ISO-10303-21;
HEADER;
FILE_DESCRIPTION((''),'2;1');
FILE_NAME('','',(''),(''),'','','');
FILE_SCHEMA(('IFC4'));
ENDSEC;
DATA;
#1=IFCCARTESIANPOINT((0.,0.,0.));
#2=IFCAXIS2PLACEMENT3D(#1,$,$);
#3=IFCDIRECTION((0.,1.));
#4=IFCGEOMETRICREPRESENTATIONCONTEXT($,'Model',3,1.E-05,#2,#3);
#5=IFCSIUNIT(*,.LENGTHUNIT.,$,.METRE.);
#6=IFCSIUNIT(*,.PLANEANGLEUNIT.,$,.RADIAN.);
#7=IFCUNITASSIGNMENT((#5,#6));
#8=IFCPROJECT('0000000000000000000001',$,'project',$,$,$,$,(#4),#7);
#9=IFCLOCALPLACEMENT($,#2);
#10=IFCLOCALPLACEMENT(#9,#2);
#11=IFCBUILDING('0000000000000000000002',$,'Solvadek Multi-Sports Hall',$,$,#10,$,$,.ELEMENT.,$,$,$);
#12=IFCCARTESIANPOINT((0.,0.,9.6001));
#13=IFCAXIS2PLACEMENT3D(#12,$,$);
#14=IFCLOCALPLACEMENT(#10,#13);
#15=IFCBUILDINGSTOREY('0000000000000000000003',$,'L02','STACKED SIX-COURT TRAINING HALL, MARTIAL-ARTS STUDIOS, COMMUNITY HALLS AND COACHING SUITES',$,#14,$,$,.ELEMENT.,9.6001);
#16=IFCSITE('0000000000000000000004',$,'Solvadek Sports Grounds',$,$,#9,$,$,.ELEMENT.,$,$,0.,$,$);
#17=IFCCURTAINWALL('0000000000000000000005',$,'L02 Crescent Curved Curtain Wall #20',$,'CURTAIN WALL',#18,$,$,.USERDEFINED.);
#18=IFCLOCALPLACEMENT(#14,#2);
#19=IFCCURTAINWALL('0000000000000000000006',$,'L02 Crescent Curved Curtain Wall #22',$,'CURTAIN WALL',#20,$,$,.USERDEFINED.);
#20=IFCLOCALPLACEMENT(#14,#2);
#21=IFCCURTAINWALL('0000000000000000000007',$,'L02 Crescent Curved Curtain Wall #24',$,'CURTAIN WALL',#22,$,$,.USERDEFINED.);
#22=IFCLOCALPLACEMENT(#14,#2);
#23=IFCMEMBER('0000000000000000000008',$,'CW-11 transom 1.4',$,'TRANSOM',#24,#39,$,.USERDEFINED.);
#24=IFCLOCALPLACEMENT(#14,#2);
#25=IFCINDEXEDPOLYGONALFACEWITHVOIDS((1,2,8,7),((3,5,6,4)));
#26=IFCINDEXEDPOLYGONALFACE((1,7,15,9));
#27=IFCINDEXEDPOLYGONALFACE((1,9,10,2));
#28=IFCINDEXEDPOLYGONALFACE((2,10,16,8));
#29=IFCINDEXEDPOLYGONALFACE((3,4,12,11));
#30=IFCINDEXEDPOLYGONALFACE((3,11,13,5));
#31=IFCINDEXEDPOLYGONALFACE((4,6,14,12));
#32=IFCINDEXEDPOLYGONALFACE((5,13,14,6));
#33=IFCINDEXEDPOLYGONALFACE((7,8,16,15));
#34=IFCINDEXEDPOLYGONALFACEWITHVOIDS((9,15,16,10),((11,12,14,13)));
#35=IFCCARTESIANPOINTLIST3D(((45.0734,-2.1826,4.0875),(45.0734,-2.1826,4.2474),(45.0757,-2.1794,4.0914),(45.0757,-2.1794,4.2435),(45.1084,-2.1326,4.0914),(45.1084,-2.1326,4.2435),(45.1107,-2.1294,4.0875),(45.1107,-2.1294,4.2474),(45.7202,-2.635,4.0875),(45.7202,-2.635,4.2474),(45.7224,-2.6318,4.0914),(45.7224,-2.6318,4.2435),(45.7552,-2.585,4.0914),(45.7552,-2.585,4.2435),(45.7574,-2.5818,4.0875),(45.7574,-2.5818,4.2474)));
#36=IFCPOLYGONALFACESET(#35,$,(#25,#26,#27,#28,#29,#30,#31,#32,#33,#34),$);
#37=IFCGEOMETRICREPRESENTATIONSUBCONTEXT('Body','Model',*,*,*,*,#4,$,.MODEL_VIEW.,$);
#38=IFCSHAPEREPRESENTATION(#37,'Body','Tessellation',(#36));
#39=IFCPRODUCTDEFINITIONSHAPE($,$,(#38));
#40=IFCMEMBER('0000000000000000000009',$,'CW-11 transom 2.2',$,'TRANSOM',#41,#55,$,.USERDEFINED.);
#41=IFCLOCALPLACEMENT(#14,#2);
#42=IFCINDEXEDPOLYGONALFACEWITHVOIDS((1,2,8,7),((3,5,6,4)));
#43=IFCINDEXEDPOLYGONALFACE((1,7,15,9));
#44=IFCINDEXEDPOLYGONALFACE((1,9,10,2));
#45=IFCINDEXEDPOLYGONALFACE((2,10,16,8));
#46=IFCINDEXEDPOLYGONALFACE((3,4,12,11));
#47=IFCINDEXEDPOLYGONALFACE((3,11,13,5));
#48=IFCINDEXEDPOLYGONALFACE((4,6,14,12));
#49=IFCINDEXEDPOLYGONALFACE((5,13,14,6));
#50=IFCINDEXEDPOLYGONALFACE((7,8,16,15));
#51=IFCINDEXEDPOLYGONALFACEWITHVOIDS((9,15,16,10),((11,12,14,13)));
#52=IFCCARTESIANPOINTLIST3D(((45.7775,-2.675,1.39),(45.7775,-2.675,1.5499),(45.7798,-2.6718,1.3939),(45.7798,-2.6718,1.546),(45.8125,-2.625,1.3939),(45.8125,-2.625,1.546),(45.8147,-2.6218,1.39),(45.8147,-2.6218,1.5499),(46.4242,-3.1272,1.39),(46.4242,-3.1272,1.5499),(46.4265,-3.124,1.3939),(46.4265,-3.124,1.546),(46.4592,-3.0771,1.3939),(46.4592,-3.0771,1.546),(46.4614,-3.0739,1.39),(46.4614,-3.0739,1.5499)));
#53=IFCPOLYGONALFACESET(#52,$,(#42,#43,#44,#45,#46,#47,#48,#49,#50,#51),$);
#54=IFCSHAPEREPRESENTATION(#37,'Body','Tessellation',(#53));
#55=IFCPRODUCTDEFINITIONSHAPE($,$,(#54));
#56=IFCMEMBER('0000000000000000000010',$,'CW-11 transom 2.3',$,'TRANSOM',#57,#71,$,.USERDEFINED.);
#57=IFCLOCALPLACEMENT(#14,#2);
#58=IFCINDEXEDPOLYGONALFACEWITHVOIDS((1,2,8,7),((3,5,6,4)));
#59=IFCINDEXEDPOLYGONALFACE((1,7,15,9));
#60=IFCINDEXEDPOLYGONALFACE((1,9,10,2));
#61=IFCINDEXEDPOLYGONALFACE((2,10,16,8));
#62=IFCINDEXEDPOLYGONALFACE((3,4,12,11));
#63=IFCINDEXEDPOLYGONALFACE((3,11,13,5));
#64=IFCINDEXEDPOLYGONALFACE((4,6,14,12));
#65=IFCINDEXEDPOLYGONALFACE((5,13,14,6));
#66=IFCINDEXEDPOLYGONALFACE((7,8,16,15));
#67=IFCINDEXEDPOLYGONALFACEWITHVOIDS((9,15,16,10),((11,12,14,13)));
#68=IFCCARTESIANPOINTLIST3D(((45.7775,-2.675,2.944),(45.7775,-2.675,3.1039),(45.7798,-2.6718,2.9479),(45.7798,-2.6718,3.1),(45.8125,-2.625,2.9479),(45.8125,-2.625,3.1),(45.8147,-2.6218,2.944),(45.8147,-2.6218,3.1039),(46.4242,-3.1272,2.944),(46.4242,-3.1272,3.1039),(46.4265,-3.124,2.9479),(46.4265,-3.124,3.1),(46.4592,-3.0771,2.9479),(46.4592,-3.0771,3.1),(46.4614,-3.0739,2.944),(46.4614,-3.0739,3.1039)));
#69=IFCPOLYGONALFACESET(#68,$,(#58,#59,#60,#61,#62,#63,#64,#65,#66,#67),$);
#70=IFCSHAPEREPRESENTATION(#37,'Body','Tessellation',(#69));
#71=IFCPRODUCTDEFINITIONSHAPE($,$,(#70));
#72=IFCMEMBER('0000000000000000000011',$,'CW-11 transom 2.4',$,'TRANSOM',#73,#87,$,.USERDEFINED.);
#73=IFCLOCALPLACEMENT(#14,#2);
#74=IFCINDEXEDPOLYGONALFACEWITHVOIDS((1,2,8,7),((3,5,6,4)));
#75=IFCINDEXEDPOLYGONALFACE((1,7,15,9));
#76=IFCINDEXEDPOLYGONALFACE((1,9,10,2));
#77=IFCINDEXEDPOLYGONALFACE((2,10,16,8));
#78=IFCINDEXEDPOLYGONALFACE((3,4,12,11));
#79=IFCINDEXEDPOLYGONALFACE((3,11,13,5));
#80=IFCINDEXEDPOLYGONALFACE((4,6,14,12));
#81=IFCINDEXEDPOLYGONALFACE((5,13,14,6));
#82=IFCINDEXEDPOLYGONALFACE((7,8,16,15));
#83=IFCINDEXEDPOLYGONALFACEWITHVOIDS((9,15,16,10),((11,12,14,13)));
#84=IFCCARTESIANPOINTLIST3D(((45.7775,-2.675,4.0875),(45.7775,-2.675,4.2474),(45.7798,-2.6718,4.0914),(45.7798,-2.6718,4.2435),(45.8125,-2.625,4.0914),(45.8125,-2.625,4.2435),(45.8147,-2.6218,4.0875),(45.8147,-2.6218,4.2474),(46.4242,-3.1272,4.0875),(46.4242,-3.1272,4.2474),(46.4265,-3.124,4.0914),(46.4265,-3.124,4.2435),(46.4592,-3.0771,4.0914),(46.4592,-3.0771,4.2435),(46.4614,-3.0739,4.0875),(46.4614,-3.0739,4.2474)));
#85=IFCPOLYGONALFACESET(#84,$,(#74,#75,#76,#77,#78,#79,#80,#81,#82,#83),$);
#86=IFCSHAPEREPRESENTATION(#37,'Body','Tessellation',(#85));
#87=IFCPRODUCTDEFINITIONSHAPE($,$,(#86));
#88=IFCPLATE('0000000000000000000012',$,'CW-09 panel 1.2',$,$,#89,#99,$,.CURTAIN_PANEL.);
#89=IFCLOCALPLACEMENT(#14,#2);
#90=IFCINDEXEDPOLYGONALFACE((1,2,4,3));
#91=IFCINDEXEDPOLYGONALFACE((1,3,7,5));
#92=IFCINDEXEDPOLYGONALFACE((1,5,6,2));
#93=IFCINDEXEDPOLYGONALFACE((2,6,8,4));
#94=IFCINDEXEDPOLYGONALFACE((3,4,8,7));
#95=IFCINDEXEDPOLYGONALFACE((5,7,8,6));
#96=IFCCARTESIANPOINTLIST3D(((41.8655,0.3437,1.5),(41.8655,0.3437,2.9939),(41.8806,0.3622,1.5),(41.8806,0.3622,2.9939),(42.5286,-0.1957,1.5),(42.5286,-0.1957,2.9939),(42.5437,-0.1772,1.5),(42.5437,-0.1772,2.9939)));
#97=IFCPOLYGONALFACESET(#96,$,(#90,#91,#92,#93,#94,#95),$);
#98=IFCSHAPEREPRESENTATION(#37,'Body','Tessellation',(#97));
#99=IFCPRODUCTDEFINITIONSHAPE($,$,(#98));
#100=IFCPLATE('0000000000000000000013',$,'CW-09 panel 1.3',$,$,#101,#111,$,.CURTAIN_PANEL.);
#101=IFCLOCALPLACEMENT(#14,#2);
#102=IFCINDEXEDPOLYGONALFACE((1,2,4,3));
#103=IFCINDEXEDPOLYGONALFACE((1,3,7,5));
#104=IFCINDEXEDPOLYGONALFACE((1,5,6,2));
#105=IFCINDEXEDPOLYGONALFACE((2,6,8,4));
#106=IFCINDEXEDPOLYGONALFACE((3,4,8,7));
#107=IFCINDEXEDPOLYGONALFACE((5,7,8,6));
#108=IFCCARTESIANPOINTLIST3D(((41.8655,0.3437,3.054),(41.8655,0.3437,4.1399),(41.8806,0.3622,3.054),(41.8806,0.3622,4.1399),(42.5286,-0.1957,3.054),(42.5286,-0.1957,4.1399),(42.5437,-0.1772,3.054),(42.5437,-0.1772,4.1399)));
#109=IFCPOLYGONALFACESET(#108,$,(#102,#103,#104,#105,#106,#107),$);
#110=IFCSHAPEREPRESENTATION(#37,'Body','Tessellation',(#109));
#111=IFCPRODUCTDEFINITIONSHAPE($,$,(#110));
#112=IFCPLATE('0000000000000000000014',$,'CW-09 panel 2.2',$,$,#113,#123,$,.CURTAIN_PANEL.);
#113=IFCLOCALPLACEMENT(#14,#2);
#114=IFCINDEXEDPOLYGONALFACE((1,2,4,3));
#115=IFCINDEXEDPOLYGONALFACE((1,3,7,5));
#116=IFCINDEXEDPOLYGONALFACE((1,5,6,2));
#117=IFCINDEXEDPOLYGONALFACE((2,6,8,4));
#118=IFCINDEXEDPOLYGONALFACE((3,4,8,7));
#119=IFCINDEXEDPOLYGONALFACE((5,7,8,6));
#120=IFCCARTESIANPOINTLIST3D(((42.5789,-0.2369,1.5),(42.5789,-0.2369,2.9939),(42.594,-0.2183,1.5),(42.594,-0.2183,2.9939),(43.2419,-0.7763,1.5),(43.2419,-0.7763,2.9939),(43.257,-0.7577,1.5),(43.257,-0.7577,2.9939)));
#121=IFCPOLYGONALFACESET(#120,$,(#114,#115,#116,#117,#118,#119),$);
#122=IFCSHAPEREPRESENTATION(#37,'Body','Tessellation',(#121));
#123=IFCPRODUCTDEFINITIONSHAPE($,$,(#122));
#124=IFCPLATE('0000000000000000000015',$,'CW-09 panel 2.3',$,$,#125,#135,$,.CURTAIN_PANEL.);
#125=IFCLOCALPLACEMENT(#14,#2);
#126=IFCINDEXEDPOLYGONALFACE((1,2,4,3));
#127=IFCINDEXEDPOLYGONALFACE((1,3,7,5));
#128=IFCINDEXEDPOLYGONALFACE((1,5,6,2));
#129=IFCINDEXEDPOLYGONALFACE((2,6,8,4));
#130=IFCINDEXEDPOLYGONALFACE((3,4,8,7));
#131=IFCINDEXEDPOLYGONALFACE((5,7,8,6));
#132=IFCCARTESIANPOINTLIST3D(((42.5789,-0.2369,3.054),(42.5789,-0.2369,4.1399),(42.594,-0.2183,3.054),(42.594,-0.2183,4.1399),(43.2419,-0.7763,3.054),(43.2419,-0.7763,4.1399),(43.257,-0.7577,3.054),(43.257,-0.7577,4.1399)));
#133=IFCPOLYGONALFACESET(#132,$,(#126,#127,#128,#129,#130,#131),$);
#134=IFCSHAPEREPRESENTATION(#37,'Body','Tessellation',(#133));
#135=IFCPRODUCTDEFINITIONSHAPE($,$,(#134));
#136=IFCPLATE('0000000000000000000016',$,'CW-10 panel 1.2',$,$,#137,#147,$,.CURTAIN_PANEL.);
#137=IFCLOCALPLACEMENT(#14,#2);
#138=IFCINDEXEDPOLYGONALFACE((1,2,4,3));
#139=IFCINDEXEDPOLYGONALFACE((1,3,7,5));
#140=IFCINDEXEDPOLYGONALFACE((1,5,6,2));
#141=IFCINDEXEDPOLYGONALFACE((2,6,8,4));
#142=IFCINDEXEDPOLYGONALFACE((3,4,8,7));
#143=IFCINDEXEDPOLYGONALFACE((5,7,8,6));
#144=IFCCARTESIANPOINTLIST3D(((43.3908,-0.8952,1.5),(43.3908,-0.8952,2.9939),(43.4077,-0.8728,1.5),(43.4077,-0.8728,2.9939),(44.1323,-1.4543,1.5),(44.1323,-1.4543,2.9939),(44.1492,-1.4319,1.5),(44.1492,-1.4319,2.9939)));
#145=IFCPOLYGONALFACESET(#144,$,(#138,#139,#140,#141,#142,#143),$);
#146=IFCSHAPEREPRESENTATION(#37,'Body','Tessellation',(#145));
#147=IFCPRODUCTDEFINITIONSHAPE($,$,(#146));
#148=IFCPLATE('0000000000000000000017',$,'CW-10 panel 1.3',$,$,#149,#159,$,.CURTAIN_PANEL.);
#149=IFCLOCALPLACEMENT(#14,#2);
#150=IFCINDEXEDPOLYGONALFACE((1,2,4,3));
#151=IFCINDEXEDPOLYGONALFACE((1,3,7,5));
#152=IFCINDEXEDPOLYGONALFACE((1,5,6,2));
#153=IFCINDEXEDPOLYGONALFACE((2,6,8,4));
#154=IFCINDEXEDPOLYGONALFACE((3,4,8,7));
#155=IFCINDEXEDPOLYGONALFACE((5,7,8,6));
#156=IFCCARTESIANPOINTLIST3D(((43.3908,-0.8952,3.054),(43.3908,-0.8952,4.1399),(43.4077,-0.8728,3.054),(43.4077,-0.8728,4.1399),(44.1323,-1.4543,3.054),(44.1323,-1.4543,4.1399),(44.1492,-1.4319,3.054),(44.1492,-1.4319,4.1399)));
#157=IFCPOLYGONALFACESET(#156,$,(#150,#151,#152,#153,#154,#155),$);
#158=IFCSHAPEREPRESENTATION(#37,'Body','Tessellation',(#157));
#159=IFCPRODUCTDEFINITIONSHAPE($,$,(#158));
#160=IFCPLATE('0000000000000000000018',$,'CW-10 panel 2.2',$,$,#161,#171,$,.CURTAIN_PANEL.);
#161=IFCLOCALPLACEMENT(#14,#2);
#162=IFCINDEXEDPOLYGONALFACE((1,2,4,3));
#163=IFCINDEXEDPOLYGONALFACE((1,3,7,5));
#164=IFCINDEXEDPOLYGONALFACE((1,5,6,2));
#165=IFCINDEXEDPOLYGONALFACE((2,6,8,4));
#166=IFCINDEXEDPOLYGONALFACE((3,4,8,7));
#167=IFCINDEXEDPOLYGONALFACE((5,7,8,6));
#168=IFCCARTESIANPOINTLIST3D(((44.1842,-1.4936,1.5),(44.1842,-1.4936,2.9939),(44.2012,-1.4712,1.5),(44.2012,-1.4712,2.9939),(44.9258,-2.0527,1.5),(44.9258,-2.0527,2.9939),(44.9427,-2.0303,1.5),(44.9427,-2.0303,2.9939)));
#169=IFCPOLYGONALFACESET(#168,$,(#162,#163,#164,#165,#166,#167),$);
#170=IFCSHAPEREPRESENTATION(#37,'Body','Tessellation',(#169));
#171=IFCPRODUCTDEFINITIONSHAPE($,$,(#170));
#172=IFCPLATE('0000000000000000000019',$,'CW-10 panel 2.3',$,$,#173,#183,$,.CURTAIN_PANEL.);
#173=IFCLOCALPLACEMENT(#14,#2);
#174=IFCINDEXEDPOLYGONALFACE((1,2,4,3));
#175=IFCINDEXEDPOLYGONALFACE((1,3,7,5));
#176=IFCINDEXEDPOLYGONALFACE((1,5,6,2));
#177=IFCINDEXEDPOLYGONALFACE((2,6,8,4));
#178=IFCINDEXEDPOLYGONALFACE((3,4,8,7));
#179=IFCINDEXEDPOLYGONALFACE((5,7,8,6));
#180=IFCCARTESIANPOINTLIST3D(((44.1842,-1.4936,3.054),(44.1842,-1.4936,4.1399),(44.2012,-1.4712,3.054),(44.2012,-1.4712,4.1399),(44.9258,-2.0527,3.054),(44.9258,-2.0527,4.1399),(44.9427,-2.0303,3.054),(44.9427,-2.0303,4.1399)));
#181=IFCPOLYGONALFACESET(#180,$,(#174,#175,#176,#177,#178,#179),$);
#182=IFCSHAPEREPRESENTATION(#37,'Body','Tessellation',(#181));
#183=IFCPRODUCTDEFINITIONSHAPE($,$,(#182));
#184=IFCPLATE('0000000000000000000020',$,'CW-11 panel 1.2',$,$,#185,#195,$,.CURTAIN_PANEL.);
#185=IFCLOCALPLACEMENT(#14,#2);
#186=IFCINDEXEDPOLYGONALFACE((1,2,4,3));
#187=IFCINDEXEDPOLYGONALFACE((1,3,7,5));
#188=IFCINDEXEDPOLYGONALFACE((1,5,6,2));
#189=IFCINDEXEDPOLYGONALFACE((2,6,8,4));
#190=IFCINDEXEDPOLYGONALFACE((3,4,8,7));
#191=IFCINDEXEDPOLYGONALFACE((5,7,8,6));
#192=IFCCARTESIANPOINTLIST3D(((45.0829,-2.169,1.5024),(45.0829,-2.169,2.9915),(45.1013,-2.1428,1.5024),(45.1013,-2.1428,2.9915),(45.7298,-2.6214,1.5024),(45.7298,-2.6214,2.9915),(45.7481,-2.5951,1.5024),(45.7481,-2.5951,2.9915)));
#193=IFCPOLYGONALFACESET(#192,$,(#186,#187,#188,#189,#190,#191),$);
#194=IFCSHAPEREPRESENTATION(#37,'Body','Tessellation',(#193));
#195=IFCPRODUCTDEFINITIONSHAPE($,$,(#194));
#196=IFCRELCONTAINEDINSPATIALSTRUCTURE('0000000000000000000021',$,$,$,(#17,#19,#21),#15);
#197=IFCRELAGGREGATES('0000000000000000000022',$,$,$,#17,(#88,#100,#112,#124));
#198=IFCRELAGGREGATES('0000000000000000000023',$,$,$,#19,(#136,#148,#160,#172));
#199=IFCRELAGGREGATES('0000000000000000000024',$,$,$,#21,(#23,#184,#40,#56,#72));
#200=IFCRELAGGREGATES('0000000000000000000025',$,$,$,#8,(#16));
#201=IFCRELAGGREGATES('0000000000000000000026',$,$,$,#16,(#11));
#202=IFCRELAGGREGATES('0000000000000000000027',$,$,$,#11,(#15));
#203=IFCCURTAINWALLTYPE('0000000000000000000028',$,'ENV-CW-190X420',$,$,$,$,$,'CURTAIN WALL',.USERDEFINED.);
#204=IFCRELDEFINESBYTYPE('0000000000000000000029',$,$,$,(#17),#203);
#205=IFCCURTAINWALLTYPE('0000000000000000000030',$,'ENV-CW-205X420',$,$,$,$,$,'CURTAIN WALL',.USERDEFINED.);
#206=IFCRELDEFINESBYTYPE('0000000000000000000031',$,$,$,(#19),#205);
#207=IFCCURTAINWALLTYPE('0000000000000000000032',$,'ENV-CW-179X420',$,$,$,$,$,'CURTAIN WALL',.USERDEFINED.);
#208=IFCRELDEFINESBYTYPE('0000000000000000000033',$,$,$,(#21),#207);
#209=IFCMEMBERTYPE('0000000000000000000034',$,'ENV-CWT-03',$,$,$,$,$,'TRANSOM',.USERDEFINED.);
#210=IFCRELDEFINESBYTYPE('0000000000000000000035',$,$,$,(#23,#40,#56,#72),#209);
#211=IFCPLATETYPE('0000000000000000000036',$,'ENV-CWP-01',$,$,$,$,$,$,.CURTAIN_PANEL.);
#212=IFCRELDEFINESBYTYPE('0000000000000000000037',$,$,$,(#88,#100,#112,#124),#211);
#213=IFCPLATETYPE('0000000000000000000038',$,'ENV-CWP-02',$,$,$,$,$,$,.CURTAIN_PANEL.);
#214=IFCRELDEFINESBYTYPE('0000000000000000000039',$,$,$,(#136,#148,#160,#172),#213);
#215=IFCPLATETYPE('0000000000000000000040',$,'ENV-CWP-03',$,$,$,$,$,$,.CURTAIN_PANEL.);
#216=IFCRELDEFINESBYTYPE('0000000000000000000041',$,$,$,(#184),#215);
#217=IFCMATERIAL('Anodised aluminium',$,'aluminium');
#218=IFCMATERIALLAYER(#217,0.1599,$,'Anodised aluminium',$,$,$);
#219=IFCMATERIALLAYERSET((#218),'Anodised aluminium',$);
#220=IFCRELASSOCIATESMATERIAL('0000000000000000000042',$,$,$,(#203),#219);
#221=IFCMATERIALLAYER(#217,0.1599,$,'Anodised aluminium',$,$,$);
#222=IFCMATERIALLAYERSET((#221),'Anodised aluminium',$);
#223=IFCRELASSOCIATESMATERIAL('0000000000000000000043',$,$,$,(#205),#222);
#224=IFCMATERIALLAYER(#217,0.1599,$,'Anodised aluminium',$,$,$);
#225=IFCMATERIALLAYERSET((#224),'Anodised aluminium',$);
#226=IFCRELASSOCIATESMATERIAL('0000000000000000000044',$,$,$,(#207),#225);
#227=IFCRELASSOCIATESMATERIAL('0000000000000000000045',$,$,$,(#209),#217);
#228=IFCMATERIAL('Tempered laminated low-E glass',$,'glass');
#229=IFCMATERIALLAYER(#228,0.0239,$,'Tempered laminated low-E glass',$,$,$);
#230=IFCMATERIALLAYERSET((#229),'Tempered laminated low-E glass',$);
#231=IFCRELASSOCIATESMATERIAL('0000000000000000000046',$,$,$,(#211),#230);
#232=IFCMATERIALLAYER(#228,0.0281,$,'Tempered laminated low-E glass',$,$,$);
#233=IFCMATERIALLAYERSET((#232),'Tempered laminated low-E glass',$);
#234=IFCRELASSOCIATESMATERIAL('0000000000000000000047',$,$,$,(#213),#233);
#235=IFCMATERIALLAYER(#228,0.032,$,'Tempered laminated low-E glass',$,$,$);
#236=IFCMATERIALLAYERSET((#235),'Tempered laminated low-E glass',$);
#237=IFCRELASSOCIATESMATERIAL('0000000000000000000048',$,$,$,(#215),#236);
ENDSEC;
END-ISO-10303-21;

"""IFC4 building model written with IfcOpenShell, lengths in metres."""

from ifc_helpers import new_model, si_unit, direction, frame, origin, origin_2d, place, context, subcontext, project, spatial, rectangle, hollow_rectangle, extrude, material, layer, layer_set, material_profile, profile_set, type_object, element, aggregate, save


model = new_model("IFC4")

# Units and contexts
model_context = context("Model", 3, precision=1e-05, world=origin(), true_north=direction((0.0, 1.0)))
body_context = subcontext(model_context, "Body", "Model", "MODEL_VIEW")
ifc_project = project(units=[si_unit("LENGTHUNIT", "METRE"), si_unit("PLANEANGLEUNIT", "RADIAN")], contexts=[model_context])

# Site, building, storey
site_placement = place(None, origin())
site = spatial("IfcSite", under=ifc_project, at=site_placement, Name="Solvadek Sports Grounds", CompositionType="ELEMENT", RefElevation=0.0)
building_placement = place(site_placement, origin())
building = spatial("IfcBuilding", under=site, at=building_placement, Name="Solvadek Multi-Sports Hall", CompositionType="ELEMENT")
storey_placement = place(building_placement, frame((0.0, 0.0, 9.6001)))
storey = spatial("IfcBuildingStorey", under=building, at=storey_placement, Name="L02", Description="STACKED SIX-COURT TRAINING HALL, MARTIAL-ARTS STUDIOS, COMMUNITY HALLS AND COACHING SUITES", CompositionType="ELEMENT", Elevation=9.6001)

# Curtain walls, members
ifc_material_1 = material(Name="Anodised aluminium", Category="aluminium")
ifc_layer_1 = layer(ifc_material_1, 0.1599, Name="Anodised aluminium")
ifc_layer_set_1 = layer_set([ifc_layer_1], Name="Anodised aluminium")
curtain_wall_type_1 = type_object("IfcCurtainWallType", Name="ENV-CW-190X420", ElementType="CURTAIN WALL", PredefinedType="USERDEFINED", material=ifc_layer_set_1)
curtain_wall_1_placement = place(storey_placement, origin())
curtain_wall_1 = element("IfcCurtainWall", 1, at=curtain_wall_1_placement, inside=storey, type_object=curtain_wall_type_1, Name="L02 Crescent Curved Curtain Wall #20", ObjectType="CURTAIN WALL", PredefinedType="USERDEFINED")
ifc_layer_2 = layer(ifc_material_1, 0.1599, Name="Anodised aluminium")
ifc_layer_set_2 = layer_set([ifc_layer_2], Name="Anodised aluminium")
curtain_wall_type_2 = type_object("IfcCurtainWallType", Name="ENV-CW-205X420", ElementType="CURTAIN WALL", PredefinedType="USERDEFINED", material=ifc_layer_set_2)
curtain_wall_2_placement = place(storey_placement, origin())
curtain_wall_2 = element("IfcCurtainWall", 2, at=curtain_wall_2_placement, inside=storey, type_object=curtain_wall_type_2, Name="L02 Crescent Curved Curtain Wall #22", ObjectType="CURTAIN WALL", PredefinedType="USERDEFINED")
ifc_layer_3 = layer(ifc_material_1, 0.1599, Name="Anodised aluminium")
ifc_layer_set_3 = layer_set([ifc_layer_3], Name="Anodised aluminium")
curtain_wall_type_3 = type_object("IfcCurtainWallType", Name="ENV-CW-179X420", ElementType="CURTAIN WALL", PredefinedType="USERDEFINED", material=ifc_layer_set_3)
curtain_wall_3_placement = place(storey_placement, origin())
curtain_wall_3 = element("IfcCurtainWall", 3, at=curtain_wall_3_placement, inside=storey, type_object=curtain_wall_type_3, Name="L02 Crescent Curved Curtain Wall #24", ObjectType="CURTAIN WALL", PredefinedType="USERDEFINED")
ifc_material_profile_1 = material_profile(ifc_material_1, hollow_rectangle(XDim=0.0649, YDim=0.1599, WallThickness=0.0039, at=origin_2d()), Name="ALU-T 160x65x4")
ifc_profile_set_1 = profile_set([ifc_material_profile_1], Name="Anodised aluminium")
member_type_1 = type_object("IfcMemberType", Name="ENV-CWT-03", ElementType="TRANSOM", PredefinedType="USERDEFINED", material=ifc_profile_set_1)
member_1_placement = place(storey_placement, frame((45.092, -2.156, 4.1675), z_axis=(0.819421, -0.573192, 0.0), x_axis=(0.573192, 0.819421, 0.0)))
member_1 = element("IfcMember", 4, at=member_1_placement, type_object=member_type_1, Name="CW-11 transom 1.4", ObjectType="TRANSOM", PredefinedType="USERDEFINED", context=body_context, shape_type="SweptSolid", body=[
    extrude(hollow_rectangle(XDim=0.0649, YDim=0.1599, WallThickness=0.0039, at=origin_2d()), origin(), (0.0, 0.0, 1.0), 0.7893),
])
member_2_placement = place(storey_placement, frame((45.7961, -2.6484, 1.47), z_axis=(0.819566, -0.572985, 0.0), x_axis=(0.572985, 0.819566, 0.0)))
member_2 = element("IfcMember", 5, at=member_2_placement, type_object=member_type_1, Name="CW-11 transom 2.2", ObjectType="TRANSOM", PredefinedType="USERDEFINED", context=body_context, shape_type="SweptSolid", body=[
    extrude(hollow_rectangle(XDim=0.0649, YDim=0.1599, WallThickness=0.0039, at=origin_2d()), origin(), (0.0, 0.0, 1.0), 0.7891),
])
member_3_placement = place(storey_placement, frame((45.7961, -2.6484, 3.0239), z_axis=(0.819566, -0.572985, 0.0), x_axis=(0.572985, 0.819566, 0.0)))
member_3 = element("IfcMember", 6, at=member_3_placement, type_object=member_type_1, Name="CW-11 transom 2.3", ObjectType="TRANSOM", PredefinedType="USERDEFINED", context=body_context, shape_type="SweptSolid", body=[
    extrude(hollow_rectangle(XDim=0.0649, YDim=0.1599, WallThickness=0.0039, at=origin_2d()), origin(), (0.0, 0.0, 1.0), 0.7891),
])
member_4_placement = place(storey_placement, frame((45.7961, -2.6484, 4.1675), z_axis=(0.819566, -0.572985, 0.0), x_axis=(0.572985, 0.819566, 0.0)))
member_4 = element("IfcMember", 7, at=member_4_placement, type_object=member_type_1, Name="CW-11 transom 2.4", ObjectType="TRANSOM", PredefinedType="USERDEFINED", context=body_context, shape_type="SweptSolid", body=[
    extrude(hollow_rectangle(XDim=0.0649, YDim=0.1599, WallThickness=0.0039, at=origin_2d()), origin(), (0.0, 0.0, 1.0), 0.7891),
])

# Plates
ifc_material_2 = material(Name="Tempered laminated low-E glass", Category="glass")
ifc_layer_4 = layer(ifc_material_2, 0.0239, Name="Tempered laminated low-E glass")
ifc_layer_set_4 = layer_set([ifc_layer_4], Name="Tempered laminated low-E glass")
plate_type_1 = type_object("IfcPlateType", Name="ENV-CWP-01", PredefinedType="CURTAIN_PANEL", material=ifc_layer_set_4)
plate_1_placement = place(storey_placement, frame((42.2046, 0.0833, 1.5), z_axis=(0.0, 0.0, 1.0), x_axis=(0.775725, -0.631071, 0.0)))
plate_1 = element("IfcPlate", 8, at=plate_1_placement, type_object=plate_type_1, Name="CW-09 panel 1.2", PredefinedType="CURTAIN_PANEL", context=body_context, shape_type="SweptSolid", body=[
    extrude(rectangle(XDim=0.8547, YDim=0.0239, at=origin_2d()), origin(), (0.0, 0.0, 1.0), 1.4939),
])
plate_2_placement = place(storey_placement, frame((42.2046, 0.0833, 3.054), z_axis=(0.0, 0.0, 1.0), x_axis=(0.775725, -0.631071, 0.0)))
plate_2 = element("IfcPlate", 9, at=plate_2_placement, type_object=plate_type_1, Name="CW-09 panel 1.3", PredefinedType="CURTAIN_PANEL", context=body_context, shape_type="SweptSolid", body=[
    extrude(rectangle(XDim=0.8547, YDim=0.0239, at=origin_2d()), origin(), (0.0, 0.0, 1.0), 1.0859),
])
plate_3_placement = place(storey_placement, frame((42.918, -0.4973, 1.5), z_axis=(0.0, 0.0, 1.0), x_axis=(0.775725, -0.631071, 0.0)))
plate_3 = element("IfcPlate", 10, at=plate_3_placement, type_object=plate_type_1, Name="CW-09 panel 2.2", PredefinedType="CURTAIN_PANEL", context=body_context, shape_type="SweptSolid", body=[
    extrude(rectangle(XDim=0.8547, YDim=0.0239, at=origin_2d()), origin(), (0.0, 0.0, 1.0), 1.4939),
])
plate_4_placement = place(storey_placement, frame((42.918, -0.4973, 3.054), z_axis=(0.0, 0.0, 1.0), x_axis=(0.775725, -0.631071, 0.0)))
plate_4 = element("IfcPlate", 11, at=plate_4_placement, type_object=plate_type_1, Name="CW-09 panel 2.3", PredefinedType="CURTAIN_PANEL", context=body_context, shape_type="SweptSolid", body=[
    extrude(rectangle(XDim=0.8547, YDim=0.0239, at=origin_2d()), origin(), (0.0, 0.0, 1.0), 1.0859),
])
aggregate(curtain_wall_1, [plate_1, plate_2, plate_3, plate_4])
ifc_layer_5 = layer(ifc_material_2, 0.0281, Name="Tempered laminated low-E glass")
ifc_layer_set_5 = layer_set([ifc_layer_5], Name="Tempered laminated low-E glass")
plate_type_2 = type_object("IfcPlateType", Name="ENV-CWP-02", PredefinedType="CURTAIN_PANEL", material=ifc_layer_set_5)
plate_5_placement = place(storey_placement, frame((43.77, -1.1636, 1.5), z_axis=(0.0, 0.0, 1.0), x_axis=(0.798477, -0.602025, 0.0)))
plate_5 = element("IfcPlate", 12, at=plate_5_placement, type_object=plate_type_2, Name="CW-10 panel 1.2", PredefinedType="CURTAIN_PANEL", context=body_context, shape_type="SweptSolid", body=[
    extrude(rectangle(XDim=0.9287, YDim=0.0281, at=origin_2d()), origin(), (0.0, 0.0, 1.0), 1.4939),
])
plate_6_placement = place(storey_placement, frame((43.77, -1.1636, 3.054), z_axis=(0.0, 0.0, 1.0), x_axis=(0.798477, -0.602025, 0.0)))
plate_6 = element("IfcPlate", 13, at=plate_6_placement, type_object=plate_type_2, Name="CW-10 panel 1.3", PredefinedType="CURTAIN_PANEL", context=body_context, shape_type="SweptSolid", body=[
    extrude(rectangle(XDim=0.9287, YDim=0.0281, at=origin_2d()), origin(), (0.0, 0.0, 1.0), 1.0859),
])
plate_7_placement = place(storey_placement, frame((44.5635, -1.762, 1.5), z_axis=(0.0, 0.0, 1.0), x_axis=(0.798477, -0.602025, 0.0)))
plate_7 = element("IfcPlate", 14, at=plate_7_placement, type_object=plate_type_2, Name="CW-10 panel 2.2", PredefinedType="CURTAIN_PANEL", context=body_context, shape_type="SweptSolid", body=[
    extrude(rectangle(XDim=0.9287, YDim=0.0281, at=origin_2d()), origin(), (0.0, 0.0, 1.0), 1.4939),
])
plate_8_placement = place(storey_placement, frame((44.5635, -1.762, 3.054), z_axis=(0.0, 0.0, 1.0), x_axis=(0.798477, -0.602025, 0.0)))
plate_8 = element("IfcPlate", 15, at=plate_8_placement, type_object=plate_type_2, Name="CW-10 panel 2.3", PredefinedType="CURTAIN_PANEL", context=body_context, shape_type="SweptSolid", body=[
    extrude(rectangle(XDim=0.9287, YDim=0.0281, at=origin_2d()), origin(), (0.0, 0.0, 1.0), 1.0859),
])
aggregate(curtain_wall_2, [plate_5, plate_6, plate_7, plate_8])
ifc_layer_6 = layer(ifc_material_2, 0.032, Name="Tempered laminated low-E glass")
ifc_layer_set_6 = layer_set([ifc_layer_6], Name="Tempered laminated low-E glass")
plate_type_3 = type_object("IfcPlateType", Name="ENV-CWP-03", PredefinedType="CURTAIN_PANEL", material=ifc_layer_set_6)
plate_9_placement = place(storey_placement, frame((45.4155, -2.3821, 1.5024), z_axis=(0.0, 0.0, 1.0), x_axis=(0.8195, -0.57308, 0.0)))
plate_9 = element("IfcPlate", 16, at=plate_9_placement, type_object=plate_type_3, Name="CW-11 panel 1.2", PredefinedType="CURTAIN_PANEL", context=body_context, shape_type="SweptSolid", body=[
    extrude(rectangle(XDim=0.7893, YDim=0.032, at=origin_2d()), origin(), (0.0, 0.0, 1.0), 1.489),
])
aggregate(curtain_wall_3, [member_1, plate_9, member_2, member_3, member_4])

save(model, "model.ifc")
